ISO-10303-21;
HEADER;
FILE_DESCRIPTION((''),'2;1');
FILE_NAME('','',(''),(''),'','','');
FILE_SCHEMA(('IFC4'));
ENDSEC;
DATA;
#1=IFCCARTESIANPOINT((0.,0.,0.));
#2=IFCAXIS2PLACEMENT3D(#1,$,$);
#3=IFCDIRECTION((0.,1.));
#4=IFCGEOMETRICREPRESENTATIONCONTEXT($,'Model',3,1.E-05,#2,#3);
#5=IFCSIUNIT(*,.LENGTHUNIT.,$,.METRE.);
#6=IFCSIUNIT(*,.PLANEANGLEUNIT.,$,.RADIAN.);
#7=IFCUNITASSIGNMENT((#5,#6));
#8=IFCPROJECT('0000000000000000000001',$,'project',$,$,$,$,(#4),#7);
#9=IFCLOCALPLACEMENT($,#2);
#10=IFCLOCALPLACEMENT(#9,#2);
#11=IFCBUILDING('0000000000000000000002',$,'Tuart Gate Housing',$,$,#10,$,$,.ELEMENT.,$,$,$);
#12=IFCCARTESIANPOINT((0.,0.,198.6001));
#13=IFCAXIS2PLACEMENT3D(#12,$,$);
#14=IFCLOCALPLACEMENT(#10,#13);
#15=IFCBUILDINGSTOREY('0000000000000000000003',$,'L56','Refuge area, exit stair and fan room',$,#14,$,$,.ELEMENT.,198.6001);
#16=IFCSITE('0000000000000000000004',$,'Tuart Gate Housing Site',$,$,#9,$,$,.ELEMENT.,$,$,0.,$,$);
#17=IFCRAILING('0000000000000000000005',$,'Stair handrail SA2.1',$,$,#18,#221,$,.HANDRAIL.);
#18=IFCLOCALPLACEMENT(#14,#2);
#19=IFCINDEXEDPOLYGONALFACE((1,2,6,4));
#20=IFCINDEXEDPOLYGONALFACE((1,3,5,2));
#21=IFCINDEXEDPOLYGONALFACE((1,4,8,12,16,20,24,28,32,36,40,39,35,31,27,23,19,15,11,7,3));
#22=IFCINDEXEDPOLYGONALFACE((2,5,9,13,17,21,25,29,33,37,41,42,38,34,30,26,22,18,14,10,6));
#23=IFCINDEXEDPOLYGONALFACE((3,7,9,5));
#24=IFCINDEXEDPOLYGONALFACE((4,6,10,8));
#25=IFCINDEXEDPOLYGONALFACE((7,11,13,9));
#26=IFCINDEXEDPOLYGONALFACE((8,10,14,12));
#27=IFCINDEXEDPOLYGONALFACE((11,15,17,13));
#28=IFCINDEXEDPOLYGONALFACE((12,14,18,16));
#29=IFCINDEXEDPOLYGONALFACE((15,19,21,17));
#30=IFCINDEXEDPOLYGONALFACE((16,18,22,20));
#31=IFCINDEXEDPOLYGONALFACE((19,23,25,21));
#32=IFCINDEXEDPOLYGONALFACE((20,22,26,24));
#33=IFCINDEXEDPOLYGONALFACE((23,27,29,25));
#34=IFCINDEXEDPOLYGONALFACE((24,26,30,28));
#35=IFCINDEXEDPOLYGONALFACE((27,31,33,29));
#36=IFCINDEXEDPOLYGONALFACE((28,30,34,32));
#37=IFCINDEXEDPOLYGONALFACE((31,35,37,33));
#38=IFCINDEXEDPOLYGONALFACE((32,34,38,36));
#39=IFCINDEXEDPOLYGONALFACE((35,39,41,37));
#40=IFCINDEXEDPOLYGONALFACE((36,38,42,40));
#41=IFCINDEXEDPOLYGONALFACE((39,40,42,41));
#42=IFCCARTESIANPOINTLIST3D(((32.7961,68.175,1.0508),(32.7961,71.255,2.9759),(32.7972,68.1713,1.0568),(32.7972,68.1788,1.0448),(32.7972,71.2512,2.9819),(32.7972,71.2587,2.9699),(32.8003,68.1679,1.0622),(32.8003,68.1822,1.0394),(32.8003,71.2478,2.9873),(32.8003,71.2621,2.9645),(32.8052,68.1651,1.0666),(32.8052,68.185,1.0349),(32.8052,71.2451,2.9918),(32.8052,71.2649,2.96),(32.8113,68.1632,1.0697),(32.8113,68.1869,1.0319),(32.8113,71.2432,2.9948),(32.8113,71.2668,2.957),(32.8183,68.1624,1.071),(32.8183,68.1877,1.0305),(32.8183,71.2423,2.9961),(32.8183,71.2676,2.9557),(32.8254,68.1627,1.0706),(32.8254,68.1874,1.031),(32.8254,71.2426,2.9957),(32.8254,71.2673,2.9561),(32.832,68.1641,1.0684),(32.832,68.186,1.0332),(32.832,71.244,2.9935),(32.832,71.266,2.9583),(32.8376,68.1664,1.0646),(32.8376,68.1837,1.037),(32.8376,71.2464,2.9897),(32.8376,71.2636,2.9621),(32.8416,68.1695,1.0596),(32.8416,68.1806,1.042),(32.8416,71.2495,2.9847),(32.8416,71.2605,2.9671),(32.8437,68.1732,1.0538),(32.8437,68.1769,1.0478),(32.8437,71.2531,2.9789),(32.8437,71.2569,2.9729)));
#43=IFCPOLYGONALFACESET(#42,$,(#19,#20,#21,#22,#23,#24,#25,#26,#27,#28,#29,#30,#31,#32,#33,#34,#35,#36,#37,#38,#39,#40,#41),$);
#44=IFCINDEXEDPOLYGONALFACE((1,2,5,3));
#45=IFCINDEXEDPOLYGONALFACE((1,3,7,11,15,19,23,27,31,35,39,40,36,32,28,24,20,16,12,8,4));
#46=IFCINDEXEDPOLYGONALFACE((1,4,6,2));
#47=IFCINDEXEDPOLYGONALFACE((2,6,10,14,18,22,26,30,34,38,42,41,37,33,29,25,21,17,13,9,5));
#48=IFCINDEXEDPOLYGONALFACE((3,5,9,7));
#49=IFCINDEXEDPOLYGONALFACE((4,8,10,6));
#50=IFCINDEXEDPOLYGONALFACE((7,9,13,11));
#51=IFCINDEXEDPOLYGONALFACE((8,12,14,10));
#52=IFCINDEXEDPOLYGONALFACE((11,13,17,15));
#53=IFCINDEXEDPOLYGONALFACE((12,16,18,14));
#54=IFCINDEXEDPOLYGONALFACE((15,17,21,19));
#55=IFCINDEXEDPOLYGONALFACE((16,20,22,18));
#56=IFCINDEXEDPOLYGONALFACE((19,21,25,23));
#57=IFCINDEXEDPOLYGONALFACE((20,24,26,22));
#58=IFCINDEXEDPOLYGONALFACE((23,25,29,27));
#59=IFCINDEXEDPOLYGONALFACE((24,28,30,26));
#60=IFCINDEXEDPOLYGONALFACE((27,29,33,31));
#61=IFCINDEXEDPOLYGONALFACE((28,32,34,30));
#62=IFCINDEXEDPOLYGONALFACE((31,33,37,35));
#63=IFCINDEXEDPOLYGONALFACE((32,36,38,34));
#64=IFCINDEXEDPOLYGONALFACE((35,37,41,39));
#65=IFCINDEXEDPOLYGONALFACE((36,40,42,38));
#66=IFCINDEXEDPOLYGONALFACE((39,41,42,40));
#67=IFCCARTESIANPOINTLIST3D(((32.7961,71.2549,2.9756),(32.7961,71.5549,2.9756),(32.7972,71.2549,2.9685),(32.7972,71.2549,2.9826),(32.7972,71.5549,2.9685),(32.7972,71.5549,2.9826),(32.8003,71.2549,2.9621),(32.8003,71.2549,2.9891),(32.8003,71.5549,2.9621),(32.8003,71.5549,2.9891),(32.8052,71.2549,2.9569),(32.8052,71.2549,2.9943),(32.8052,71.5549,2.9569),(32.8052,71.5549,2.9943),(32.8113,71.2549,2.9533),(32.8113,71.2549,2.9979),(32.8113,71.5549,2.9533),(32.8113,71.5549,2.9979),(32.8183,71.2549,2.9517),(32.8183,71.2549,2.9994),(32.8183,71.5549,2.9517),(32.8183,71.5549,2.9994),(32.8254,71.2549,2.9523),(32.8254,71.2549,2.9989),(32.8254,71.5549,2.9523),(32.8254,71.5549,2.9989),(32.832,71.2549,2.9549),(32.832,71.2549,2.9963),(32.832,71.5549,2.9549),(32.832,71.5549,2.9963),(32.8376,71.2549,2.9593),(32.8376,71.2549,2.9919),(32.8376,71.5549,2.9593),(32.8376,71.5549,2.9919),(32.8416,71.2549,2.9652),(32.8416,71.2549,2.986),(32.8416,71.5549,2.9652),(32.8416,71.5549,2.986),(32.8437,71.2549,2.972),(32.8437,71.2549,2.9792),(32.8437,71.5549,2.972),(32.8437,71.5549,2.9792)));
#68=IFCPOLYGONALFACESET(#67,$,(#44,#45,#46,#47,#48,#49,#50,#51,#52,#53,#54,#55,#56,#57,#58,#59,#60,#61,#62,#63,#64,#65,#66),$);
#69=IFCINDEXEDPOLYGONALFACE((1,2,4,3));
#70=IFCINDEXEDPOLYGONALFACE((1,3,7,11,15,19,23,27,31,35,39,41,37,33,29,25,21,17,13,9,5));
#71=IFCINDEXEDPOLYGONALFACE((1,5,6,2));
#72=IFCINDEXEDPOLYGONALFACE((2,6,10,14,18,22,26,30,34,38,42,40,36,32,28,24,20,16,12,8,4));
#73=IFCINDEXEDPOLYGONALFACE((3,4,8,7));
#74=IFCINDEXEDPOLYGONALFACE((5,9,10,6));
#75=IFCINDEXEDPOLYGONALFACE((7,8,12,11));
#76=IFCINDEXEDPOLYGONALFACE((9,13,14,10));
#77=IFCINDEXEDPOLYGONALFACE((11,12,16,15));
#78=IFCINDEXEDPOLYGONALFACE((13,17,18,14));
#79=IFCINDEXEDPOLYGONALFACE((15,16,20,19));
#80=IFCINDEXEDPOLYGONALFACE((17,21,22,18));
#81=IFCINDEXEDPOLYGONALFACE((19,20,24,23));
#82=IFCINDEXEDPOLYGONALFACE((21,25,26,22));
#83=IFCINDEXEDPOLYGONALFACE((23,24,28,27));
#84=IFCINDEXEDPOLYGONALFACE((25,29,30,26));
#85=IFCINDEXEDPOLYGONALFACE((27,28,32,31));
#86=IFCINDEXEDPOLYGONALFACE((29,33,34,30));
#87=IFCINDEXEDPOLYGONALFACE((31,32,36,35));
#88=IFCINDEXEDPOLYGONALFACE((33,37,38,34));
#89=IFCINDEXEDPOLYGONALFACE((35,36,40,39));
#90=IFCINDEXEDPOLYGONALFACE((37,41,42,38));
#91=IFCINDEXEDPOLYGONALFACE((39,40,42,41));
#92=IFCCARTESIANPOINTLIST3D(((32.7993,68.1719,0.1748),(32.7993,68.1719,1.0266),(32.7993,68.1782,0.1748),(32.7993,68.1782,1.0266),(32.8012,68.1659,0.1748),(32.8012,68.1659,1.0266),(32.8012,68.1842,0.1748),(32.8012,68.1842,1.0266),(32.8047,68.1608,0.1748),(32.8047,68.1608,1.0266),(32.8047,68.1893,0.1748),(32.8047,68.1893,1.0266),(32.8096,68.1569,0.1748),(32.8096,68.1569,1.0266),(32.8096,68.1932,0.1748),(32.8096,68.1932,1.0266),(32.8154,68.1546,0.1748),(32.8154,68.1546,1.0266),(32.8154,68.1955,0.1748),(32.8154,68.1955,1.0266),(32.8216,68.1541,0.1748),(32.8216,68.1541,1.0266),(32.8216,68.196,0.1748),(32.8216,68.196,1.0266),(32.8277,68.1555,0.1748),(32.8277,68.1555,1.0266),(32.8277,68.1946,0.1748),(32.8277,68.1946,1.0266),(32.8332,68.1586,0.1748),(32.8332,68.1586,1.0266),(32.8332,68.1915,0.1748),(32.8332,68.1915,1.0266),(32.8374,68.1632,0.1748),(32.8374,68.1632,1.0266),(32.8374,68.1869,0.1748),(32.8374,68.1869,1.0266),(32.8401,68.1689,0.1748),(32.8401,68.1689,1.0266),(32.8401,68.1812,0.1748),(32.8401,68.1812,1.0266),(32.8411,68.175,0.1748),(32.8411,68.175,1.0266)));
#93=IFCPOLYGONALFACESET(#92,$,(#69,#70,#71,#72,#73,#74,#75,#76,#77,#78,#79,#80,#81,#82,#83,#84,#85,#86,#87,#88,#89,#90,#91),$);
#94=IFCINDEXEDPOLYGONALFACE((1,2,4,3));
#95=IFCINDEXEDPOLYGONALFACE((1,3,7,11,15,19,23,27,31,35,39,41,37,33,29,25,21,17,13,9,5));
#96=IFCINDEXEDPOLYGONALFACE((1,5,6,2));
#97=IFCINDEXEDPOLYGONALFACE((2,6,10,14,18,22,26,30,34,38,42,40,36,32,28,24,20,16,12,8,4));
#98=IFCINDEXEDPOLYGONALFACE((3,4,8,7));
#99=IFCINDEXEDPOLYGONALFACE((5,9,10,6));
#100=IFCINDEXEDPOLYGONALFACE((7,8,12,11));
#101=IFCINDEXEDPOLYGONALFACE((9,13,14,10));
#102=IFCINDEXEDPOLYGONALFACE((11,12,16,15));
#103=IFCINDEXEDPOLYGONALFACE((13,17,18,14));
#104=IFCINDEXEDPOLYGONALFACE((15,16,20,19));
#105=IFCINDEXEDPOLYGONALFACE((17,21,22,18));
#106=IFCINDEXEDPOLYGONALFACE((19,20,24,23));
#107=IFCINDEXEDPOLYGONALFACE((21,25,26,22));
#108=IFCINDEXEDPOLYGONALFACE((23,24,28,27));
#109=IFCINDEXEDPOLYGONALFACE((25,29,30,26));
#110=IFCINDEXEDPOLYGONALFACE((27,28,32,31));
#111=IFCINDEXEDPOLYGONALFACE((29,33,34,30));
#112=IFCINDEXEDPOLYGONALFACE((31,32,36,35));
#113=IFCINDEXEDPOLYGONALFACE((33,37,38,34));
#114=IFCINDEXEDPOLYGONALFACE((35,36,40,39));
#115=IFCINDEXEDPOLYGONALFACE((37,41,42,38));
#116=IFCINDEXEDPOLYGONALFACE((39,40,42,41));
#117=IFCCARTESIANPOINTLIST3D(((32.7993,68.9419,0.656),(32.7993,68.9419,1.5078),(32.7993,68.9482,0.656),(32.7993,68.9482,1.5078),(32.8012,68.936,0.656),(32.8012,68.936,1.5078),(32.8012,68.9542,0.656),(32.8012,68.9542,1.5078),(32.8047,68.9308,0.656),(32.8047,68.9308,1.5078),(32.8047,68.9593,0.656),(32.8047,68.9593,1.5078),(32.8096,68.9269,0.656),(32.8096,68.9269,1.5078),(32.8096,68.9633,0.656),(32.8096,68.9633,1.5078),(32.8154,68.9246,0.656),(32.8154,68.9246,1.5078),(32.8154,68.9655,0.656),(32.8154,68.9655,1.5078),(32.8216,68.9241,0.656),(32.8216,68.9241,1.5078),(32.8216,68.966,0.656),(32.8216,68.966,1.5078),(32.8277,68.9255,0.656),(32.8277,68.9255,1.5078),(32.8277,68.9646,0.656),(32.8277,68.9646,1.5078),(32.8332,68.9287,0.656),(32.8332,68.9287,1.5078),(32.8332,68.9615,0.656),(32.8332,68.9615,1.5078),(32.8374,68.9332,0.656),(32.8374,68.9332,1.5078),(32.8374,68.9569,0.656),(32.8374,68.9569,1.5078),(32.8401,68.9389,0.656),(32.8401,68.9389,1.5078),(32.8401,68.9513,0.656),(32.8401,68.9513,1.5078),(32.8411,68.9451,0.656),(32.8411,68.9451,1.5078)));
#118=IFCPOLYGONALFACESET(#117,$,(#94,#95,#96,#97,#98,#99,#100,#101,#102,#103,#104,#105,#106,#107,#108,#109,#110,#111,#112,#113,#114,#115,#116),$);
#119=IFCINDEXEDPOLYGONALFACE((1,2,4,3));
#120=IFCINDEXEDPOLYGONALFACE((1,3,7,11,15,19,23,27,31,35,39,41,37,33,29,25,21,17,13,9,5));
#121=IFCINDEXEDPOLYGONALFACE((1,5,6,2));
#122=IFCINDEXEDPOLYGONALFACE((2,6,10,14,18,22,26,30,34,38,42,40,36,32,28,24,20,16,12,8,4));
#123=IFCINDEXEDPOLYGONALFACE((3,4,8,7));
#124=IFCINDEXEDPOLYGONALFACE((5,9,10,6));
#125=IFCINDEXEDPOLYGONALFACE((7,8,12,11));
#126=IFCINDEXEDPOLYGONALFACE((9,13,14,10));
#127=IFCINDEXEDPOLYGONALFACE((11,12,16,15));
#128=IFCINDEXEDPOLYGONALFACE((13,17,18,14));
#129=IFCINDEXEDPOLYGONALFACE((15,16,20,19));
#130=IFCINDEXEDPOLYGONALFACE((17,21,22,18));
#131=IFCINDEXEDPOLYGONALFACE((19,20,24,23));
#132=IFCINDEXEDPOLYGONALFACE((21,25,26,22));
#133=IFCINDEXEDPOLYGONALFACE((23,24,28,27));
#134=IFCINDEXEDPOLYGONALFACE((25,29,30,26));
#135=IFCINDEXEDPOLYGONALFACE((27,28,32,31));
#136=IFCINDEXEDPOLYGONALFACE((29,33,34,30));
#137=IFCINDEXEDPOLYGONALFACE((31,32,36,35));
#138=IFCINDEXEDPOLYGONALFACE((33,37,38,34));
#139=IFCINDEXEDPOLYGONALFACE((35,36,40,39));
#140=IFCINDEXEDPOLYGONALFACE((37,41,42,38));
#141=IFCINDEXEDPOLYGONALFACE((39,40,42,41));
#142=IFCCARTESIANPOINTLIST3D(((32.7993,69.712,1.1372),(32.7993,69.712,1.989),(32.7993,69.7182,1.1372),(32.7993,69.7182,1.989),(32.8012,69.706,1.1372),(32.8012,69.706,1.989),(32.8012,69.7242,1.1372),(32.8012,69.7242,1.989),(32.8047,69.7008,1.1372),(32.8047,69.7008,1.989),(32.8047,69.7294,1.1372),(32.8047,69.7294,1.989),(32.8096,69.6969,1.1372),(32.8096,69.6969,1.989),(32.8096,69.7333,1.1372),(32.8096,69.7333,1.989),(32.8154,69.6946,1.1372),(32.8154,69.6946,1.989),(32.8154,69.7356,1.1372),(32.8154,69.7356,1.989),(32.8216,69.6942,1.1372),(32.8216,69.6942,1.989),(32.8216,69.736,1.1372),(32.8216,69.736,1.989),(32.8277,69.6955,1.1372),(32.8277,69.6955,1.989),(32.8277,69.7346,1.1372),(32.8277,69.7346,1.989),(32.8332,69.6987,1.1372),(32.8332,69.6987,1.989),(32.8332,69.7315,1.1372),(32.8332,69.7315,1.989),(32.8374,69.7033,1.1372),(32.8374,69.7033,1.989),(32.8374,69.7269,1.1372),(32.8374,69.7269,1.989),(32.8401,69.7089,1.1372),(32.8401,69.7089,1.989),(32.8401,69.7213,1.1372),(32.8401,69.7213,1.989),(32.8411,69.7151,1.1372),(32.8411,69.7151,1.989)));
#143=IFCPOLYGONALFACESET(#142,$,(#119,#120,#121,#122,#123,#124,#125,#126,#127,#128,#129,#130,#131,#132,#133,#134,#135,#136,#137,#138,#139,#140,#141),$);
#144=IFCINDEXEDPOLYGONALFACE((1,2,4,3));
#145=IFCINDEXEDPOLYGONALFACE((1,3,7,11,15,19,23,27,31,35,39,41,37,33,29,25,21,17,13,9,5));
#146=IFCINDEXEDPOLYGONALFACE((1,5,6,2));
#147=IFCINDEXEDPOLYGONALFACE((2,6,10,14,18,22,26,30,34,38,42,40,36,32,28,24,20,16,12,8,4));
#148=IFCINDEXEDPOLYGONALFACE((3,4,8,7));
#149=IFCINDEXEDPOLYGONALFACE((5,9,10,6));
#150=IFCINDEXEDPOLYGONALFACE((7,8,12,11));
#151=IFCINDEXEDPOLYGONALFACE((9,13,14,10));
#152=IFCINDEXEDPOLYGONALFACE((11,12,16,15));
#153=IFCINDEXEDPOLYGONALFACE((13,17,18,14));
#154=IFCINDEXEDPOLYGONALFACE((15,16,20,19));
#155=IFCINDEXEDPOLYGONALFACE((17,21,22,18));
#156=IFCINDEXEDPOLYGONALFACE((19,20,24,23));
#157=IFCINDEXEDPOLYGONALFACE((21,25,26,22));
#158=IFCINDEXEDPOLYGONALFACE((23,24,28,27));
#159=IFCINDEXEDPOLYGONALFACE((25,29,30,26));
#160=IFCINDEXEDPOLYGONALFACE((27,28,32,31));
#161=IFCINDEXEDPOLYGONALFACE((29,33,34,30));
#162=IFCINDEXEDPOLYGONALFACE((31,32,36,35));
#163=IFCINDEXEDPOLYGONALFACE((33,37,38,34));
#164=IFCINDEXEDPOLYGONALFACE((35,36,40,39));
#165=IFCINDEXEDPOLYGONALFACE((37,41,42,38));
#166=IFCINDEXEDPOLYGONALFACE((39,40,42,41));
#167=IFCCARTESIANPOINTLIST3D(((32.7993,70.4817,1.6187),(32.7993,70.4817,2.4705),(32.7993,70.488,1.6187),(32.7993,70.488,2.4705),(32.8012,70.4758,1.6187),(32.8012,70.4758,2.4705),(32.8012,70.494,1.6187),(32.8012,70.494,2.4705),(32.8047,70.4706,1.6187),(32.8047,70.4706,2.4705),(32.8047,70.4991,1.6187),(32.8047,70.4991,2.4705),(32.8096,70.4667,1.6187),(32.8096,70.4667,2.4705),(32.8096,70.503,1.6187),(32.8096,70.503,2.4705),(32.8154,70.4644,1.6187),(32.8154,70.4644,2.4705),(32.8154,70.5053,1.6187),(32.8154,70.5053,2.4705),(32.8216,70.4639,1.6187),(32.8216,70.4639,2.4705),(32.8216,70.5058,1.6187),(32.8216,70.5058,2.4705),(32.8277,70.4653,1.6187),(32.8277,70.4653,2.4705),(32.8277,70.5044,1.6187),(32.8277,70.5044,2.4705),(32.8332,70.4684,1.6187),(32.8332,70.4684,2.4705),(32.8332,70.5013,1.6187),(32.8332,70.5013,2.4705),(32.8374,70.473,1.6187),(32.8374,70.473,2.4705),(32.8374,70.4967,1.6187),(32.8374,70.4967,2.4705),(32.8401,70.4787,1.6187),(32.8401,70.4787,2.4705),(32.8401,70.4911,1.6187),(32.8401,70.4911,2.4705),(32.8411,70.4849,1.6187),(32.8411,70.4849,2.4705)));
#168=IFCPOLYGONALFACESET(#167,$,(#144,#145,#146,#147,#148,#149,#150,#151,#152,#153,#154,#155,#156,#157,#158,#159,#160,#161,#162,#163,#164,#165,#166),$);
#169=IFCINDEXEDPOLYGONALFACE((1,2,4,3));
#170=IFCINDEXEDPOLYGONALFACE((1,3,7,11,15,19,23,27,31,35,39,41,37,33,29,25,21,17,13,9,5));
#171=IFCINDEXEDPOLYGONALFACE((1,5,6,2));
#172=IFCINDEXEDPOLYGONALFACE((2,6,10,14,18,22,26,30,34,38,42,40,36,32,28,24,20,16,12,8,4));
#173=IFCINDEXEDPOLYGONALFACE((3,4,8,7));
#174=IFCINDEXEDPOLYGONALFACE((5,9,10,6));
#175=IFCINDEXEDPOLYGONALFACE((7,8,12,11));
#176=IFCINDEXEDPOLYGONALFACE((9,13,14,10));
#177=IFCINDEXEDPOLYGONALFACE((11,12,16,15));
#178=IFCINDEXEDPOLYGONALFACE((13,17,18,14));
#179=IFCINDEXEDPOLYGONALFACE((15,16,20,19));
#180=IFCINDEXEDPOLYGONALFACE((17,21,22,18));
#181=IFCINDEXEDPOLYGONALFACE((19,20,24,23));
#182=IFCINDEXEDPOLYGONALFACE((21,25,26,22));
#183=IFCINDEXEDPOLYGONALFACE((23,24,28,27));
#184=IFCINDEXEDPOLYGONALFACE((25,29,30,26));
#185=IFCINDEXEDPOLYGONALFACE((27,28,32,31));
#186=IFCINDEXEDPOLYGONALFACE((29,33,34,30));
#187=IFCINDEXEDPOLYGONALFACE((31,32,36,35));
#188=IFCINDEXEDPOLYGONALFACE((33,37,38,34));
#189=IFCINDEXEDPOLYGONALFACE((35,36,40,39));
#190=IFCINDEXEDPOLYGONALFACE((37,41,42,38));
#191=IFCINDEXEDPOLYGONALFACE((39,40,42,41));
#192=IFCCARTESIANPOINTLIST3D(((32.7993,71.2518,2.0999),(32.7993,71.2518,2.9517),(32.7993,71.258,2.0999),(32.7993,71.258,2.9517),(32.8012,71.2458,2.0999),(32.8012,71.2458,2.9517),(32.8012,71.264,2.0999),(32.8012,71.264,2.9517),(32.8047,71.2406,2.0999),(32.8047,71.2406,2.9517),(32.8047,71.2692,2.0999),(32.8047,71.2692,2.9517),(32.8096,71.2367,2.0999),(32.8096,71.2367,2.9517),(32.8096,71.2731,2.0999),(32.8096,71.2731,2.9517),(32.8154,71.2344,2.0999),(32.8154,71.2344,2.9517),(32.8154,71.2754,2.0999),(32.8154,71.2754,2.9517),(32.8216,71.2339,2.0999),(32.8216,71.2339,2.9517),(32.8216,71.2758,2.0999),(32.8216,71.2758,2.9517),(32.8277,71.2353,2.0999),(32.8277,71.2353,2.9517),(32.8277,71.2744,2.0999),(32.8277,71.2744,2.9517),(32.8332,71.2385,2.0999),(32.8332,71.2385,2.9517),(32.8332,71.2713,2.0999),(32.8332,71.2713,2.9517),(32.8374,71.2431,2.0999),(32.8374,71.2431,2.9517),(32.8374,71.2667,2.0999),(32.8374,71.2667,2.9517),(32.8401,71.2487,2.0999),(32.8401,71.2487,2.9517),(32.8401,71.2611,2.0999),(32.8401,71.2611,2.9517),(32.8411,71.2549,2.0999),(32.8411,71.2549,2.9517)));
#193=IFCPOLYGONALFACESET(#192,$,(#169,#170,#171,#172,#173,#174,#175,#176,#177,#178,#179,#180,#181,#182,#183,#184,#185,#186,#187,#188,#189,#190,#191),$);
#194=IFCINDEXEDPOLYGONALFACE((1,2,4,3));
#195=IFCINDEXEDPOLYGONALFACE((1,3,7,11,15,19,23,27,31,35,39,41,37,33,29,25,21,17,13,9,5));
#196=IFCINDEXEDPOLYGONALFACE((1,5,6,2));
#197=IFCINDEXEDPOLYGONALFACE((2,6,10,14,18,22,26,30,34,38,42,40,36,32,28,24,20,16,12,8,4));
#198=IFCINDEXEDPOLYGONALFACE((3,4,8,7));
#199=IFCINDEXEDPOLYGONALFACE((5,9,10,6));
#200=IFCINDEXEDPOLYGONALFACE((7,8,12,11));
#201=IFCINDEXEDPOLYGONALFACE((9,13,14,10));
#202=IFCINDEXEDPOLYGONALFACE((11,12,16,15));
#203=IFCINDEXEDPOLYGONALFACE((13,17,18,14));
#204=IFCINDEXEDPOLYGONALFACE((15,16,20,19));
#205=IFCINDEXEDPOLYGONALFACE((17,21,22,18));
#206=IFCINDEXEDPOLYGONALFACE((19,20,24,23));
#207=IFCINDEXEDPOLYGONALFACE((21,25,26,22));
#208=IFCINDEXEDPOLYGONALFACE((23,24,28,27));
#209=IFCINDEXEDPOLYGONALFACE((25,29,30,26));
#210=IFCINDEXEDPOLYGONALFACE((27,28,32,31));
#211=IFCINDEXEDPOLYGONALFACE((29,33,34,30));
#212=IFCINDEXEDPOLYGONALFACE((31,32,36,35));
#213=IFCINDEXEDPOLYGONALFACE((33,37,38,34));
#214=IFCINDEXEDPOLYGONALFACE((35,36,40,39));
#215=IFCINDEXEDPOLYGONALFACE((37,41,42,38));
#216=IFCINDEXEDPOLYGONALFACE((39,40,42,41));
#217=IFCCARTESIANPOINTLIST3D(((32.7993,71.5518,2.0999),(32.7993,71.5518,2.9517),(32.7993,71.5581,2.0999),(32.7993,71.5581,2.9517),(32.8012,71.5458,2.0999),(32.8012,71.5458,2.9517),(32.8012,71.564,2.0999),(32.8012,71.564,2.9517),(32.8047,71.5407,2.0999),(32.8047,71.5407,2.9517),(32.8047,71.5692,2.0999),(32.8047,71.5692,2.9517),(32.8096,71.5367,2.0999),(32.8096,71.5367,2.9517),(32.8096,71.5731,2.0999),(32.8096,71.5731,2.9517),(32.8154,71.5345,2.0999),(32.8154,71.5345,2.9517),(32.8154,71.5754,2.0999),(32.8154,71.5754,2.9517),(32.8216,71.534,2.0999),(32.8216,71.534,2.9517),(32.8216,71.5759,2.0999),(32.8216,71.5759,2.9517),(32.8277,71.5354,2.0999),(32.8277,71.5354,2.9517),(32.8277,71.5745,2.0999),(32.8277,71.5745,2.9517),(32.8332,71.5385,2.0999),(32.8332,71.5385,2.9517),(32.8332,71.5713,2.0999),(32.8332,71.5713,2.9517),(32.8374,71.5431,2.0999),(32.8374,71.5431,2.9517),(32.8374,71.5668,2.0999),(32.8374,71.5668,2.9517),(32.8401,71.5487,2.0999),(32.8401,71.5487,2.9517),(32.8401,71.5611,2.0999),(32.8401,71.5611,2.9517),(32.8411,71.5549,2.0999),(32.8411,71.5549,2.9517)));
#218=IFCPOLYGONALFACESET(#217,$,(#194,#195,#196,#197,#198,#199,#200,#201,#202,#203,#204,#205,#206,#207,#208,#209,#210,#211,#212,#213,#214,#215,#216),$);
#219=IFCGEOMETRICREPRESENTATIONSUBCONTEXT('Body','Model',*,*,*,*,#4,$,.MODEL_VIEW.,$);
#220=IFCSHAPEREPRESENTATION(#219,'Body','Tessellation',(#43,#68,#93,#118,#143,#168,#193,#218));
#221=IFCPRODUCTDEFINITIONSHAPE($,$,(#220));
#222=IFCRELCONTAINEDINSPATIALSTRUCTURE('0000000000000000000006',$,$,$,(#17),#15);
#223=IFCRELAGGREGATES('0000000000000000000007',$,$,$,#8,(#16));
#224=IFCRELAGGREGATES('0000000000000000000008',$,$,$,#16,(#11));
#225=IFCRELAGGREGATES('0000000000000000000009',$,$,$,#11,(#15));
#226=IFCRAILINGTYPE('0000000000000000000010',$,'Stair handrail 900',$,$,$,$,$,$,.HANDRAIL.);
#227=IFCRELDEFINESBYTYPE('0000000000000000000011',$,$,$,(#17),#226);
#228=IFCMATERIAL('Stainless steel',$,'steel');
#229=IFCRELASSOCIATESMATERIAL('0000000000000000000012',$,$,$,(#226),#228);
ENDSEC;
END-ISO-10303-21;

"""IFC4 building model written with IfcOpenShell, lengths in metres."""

from ifc_helpers import new_model, si_unit, direction, frame, origin, origin_2d, place, context, subcontext, project, spatial, circle, extrude, material, type_object, element, save


model = new_model("IFC4")

# Units and contexts
model_context = context("Model", 3, precision=1e-05, world=origin(), true_north=direction((0.0, 1.0)))
body_context = subcontext(model_context, "Body", "Model", "MODEL_VIEW")
ifc_project = project(units=[si_unit("LENGTHUNIT", "METRE"), si_unit("PLANEANGLEUNIT", "RADIAN")], contexts=[model_context])

# Site, building, storey
site_placement = place(None, origin())
site = spatial("IfcSite", under=ifc_project, at=site_placement, Name="Tuart Gate Housing Site", CompositionType="ELEMENT", RefElevation=0.0)
building_placement = place(site_placement, origin())
building = spatial("IfcBuilding", under=site, at=building_placement, Name="Tuart Gate Housing", CompositionType="ELEMENT")
storey_placement = place(building_placement, frame((0.0, 0.0, 198.6001)))
storey = spatial("IfcBuildingStorey", under=building, at=storey_placement, Name="L56", Description="Refuge area, exit stair and fan room", CompositionType="ELEMENT", Elevation=198.6001)

# Railing
ifc_material_1 = material(Name="Stainless steel", Category="steel")
railing_type = type_object("IfcRailingType", Name="Stair handrail 900", PredefinedType="HANDRAIL", material=ifc_material_1)
railing_placement = place(storey_placement, frame((32.8201, 68.175, 0.1748)))
element("IfcRailing", 1, at=railing_placement, inside=storey, type_object=railing_type, Name="Stair handrail SA2.1", PredefinedType="HANDRAIL", context=body_context, shape_type="SweptSolid", body=[
    extrude(circle(Radius=0.0239, at=origin_2d()), frame((0.0, 0.0, 0.876), z_axis=(0.0, 0.847979, 0.530029), x_axis=(-1.0, 0.0, 0.0)), (0.0, 0.0, 1.0), 3.6321),
    extrude(circle(Radius=0.0239, at=origin_2d()), frame((0.0, 3.0798, 2.8008), z_axis=(0.0, 1.0, 0.0), x_axis=(-1.0, 0.0, 0.0)), (0.0, 0.0, 1.0), 0.3),
    extrude(circle(Radius=0.021, at=origin_2d()), origin(), (0.0, 0.0, 1.0), 0.8518),
    extrude(circle(Radius=0.021, at=origin_2d()), frame((0.0, 0.77, 0.4812)), (0.0, 0.0, 1.0), 0.8518),
    extrude(circle(Radius=0.021, at=origin_2d()), frame((0.0, 1.54, 0.9624)), (0.0, 0.0, 1.0), 0.8518),
    extrude(circle(Radius=0.021, at=origin_2d()), frame((0.0, 2.3098, 1.4438)), (0.0, 0.0, 1.0), 0.8518),
    extrude(circle(Radius=0.021, at=origin_2d()), frame((0.0, 3.0798, 1.925)), (0.0, 0.0, 1.0), 0.8518),
    extrude(circle(Radius=0.021, at=origin_2d()), frame((0.0, 3.3799, 1.925)), (0.0, 0.0, 1.0), 0.8518),
])

save(model, "model.ifc")
